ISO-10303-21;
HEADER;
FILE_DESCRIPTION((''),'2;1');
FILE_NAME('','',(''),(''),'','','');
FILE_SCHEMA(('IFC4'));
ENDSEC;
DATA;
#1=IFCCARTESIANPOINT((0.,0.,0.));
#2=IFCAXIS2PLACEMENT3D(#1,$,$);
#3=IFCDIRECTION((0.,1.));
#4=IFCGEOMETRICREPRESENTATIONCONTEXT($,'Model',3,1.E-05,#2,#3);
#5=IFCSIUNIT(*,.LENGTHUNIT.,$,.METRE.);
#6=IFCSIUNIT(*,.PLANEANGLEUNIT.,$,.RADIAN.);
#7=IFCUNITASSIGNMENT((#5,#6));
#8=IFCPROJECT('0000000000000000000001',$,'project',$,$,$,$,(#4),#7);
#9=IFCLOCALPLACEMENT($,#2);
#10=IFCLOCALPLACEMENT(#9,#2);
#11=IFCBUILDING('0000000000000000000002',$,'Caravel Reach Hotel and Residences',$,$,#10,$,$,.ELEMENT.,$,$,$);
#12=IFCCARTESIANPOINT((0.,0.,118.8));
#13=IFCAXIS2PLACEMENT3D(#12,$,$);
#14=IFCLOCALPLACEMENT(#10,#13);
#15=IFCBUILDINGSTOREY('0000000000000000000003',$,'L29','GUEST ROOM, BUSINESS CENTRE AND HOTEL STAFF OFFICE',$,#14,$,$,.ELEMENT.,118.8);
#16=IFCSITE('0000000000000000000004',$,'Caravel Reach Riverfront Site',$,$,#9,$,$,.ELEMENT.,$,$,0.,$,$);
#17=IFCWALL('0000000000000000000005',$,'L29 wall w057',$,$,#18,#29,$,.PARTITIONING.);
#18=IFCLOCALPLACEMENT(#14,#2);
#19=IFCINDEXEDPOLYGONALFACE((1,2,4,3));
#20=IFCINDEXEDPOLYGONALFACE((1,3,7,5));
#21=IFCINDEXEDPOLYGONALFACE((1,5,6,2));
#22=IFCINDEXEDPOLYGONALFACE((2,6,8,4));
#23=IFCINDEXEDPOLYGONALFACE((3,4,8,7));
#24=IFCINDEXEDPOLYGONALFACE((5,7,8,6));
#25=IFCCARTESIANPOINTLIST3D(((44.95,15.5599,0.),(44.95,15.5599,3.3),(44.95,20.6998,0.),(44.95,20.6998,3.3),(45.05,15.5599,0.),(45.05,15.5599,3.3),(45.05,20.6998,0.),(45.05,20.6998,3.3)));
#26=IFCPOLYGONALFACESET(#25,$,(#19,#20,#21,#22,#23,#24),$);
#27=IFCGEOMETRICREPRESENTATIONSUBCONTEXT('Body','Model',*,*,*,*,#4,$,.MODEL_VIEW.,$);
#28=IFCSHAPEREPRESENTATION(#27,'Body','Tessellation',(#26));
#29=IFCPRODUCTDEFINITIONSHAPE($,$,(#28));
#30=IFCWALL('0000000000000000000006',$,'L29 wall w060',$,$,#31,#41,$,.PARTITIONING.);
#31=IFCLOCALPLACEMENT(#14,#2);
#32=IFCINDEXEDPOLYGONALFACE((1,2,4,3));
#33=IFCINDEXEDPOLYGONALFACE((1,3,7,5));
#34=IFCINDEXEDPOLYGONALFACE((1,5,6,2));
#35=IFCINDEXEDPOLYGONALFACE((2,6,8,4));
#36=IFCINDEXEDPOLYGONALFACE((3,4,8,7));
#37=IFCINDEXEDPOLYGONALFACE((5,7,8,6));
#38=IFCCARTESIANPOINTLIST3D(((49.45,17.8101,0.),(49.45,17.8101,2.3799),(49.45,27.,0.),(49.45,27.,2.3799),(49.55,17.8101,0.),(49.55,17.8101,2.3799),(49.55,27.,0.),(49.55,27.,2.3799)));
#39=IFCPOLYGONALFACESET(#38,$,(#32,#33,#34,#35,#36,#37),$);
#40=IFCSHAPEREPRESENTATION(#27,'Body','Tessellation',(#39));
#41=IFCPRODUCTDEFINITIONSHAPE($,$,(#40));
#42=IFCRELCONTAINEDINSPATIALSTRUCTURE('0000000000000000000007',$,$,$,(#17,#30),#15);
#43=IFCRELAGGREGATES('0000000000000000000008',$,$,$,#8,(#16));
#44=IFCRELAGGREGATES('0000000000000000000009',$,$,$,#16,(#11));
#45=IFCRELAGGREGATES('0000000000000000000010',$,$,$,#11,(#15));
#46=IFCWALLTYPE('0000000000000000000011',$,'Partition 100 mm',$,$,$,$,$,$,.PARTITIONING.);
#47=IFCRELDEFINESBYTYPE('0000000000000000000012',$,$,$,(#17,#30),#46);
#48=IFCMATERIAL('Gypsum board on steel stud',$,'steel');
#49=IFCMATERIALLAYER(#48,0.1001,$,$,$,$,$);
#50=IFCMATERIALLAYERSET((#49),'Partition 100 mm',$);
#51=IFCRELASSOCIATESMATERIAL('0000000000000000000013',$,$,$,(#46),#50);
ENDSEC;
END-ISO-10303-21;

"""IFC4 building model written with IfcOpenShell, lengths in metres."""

from ifc_helpers import new_model, si_unit, direction, frame, frame_2d, origin, place, context, subcontext, project, spatial, rectangle, extrude, material, layer, layer_set, type_object, element, save


model = new_model("IFC4")

# Units and contexts
model_context = context("Model", 3, precision=1e-05, world=origin(), true_north=direction((0.0, 1.0)))
body_context = subcontext(model_context, "Body", "Model", "MODEL_VIEW")
ifc_project = project(units=[si_unit("LENGTHUNIT", "METRE"), si_unit("PLANEANGLEUNIT", "RADIAN")], contexts=[model_context])

# Site, building, storey
site_placement = place(None, origin())
site = spatial("IfcSite", under=ifc_project, at=site_placement, Name="Caravel Reach Riverfront Site", CompositionType="ELEMENT", RefElevation=0.0)
building_placement = place(site_placement, origin())
building = spatial("IfcBuilding", under=site, at=building_placement, Name="Caravel Reach Hotel and Residences", CompositionType="ELEMENT")
storey_placement = place(building_placement, frame((0.0, 0.0, 118.8)))
storey = spatial("IfcBuildingStorey", under=building, at=storey_placement, Name="L29", Description="GUEST ROOM, BUSINESS CENTRE AND HOTEL STAFF OFFICE", CompositionType="ELEMENT", Elevation=118.8)

# Walls
ifc_material_1 = material(Name="Gypsum board on steel stud", Category="steel")
ifc_layer_1 = layer(ifc_material_1, 0.1001)
ifc_layer_set_1 = layer_set([ifc_layer_1], Name="Partition 100 mm")
wall_type_1 = type_object("IfcWallType", Name="Partition 100 mm", PredefinedType="PARTITIONING", material=ifc_layer_set_1)
wall_1_placement = place(storey_placement, frame((45.0, 15.5601, 0.0), z_axis=(0.0, 0.0, 1.0), x_axis=(0.0, 1.0, 0.0)))
element("IfcWall", 1, at=wall_1_placement, inside=storey, type_object=wall_type_1, Name="L29 wall w057", PredefinedType="PARTITIONING", context=body_context, shape_type="SweptSolid", body=[
    extrude(rectangle(XDim=5.1399, YDim=0.1001, at=frame_2d((2.5698, 0.0))), origin(), (0.0, 0.0, 1.0), 3.3),
])
wall_2_placement = place(storey_placement, frame((49.5, 17.8101, 0.0), z_axis=(0.0, 0.0, 1.0), x_axis=(0.0, 1.0, 0.0)))
element("IfcWall", 2, at=wall_2_placement, inside=storey, type_object=wall_type_1, Name="L29 wall w060", PredefinedType="PARTITIONING", context=body_context, shape_type="SweptSolid", body=[
    extrude(rectangle(XDim=9.1899, YDim=0.1001, at=frame_2d((4.595, 0.0))), origin(), (0.0, 0.0, 1.0), 2.3799),
])

save(model, "model.ifc")
